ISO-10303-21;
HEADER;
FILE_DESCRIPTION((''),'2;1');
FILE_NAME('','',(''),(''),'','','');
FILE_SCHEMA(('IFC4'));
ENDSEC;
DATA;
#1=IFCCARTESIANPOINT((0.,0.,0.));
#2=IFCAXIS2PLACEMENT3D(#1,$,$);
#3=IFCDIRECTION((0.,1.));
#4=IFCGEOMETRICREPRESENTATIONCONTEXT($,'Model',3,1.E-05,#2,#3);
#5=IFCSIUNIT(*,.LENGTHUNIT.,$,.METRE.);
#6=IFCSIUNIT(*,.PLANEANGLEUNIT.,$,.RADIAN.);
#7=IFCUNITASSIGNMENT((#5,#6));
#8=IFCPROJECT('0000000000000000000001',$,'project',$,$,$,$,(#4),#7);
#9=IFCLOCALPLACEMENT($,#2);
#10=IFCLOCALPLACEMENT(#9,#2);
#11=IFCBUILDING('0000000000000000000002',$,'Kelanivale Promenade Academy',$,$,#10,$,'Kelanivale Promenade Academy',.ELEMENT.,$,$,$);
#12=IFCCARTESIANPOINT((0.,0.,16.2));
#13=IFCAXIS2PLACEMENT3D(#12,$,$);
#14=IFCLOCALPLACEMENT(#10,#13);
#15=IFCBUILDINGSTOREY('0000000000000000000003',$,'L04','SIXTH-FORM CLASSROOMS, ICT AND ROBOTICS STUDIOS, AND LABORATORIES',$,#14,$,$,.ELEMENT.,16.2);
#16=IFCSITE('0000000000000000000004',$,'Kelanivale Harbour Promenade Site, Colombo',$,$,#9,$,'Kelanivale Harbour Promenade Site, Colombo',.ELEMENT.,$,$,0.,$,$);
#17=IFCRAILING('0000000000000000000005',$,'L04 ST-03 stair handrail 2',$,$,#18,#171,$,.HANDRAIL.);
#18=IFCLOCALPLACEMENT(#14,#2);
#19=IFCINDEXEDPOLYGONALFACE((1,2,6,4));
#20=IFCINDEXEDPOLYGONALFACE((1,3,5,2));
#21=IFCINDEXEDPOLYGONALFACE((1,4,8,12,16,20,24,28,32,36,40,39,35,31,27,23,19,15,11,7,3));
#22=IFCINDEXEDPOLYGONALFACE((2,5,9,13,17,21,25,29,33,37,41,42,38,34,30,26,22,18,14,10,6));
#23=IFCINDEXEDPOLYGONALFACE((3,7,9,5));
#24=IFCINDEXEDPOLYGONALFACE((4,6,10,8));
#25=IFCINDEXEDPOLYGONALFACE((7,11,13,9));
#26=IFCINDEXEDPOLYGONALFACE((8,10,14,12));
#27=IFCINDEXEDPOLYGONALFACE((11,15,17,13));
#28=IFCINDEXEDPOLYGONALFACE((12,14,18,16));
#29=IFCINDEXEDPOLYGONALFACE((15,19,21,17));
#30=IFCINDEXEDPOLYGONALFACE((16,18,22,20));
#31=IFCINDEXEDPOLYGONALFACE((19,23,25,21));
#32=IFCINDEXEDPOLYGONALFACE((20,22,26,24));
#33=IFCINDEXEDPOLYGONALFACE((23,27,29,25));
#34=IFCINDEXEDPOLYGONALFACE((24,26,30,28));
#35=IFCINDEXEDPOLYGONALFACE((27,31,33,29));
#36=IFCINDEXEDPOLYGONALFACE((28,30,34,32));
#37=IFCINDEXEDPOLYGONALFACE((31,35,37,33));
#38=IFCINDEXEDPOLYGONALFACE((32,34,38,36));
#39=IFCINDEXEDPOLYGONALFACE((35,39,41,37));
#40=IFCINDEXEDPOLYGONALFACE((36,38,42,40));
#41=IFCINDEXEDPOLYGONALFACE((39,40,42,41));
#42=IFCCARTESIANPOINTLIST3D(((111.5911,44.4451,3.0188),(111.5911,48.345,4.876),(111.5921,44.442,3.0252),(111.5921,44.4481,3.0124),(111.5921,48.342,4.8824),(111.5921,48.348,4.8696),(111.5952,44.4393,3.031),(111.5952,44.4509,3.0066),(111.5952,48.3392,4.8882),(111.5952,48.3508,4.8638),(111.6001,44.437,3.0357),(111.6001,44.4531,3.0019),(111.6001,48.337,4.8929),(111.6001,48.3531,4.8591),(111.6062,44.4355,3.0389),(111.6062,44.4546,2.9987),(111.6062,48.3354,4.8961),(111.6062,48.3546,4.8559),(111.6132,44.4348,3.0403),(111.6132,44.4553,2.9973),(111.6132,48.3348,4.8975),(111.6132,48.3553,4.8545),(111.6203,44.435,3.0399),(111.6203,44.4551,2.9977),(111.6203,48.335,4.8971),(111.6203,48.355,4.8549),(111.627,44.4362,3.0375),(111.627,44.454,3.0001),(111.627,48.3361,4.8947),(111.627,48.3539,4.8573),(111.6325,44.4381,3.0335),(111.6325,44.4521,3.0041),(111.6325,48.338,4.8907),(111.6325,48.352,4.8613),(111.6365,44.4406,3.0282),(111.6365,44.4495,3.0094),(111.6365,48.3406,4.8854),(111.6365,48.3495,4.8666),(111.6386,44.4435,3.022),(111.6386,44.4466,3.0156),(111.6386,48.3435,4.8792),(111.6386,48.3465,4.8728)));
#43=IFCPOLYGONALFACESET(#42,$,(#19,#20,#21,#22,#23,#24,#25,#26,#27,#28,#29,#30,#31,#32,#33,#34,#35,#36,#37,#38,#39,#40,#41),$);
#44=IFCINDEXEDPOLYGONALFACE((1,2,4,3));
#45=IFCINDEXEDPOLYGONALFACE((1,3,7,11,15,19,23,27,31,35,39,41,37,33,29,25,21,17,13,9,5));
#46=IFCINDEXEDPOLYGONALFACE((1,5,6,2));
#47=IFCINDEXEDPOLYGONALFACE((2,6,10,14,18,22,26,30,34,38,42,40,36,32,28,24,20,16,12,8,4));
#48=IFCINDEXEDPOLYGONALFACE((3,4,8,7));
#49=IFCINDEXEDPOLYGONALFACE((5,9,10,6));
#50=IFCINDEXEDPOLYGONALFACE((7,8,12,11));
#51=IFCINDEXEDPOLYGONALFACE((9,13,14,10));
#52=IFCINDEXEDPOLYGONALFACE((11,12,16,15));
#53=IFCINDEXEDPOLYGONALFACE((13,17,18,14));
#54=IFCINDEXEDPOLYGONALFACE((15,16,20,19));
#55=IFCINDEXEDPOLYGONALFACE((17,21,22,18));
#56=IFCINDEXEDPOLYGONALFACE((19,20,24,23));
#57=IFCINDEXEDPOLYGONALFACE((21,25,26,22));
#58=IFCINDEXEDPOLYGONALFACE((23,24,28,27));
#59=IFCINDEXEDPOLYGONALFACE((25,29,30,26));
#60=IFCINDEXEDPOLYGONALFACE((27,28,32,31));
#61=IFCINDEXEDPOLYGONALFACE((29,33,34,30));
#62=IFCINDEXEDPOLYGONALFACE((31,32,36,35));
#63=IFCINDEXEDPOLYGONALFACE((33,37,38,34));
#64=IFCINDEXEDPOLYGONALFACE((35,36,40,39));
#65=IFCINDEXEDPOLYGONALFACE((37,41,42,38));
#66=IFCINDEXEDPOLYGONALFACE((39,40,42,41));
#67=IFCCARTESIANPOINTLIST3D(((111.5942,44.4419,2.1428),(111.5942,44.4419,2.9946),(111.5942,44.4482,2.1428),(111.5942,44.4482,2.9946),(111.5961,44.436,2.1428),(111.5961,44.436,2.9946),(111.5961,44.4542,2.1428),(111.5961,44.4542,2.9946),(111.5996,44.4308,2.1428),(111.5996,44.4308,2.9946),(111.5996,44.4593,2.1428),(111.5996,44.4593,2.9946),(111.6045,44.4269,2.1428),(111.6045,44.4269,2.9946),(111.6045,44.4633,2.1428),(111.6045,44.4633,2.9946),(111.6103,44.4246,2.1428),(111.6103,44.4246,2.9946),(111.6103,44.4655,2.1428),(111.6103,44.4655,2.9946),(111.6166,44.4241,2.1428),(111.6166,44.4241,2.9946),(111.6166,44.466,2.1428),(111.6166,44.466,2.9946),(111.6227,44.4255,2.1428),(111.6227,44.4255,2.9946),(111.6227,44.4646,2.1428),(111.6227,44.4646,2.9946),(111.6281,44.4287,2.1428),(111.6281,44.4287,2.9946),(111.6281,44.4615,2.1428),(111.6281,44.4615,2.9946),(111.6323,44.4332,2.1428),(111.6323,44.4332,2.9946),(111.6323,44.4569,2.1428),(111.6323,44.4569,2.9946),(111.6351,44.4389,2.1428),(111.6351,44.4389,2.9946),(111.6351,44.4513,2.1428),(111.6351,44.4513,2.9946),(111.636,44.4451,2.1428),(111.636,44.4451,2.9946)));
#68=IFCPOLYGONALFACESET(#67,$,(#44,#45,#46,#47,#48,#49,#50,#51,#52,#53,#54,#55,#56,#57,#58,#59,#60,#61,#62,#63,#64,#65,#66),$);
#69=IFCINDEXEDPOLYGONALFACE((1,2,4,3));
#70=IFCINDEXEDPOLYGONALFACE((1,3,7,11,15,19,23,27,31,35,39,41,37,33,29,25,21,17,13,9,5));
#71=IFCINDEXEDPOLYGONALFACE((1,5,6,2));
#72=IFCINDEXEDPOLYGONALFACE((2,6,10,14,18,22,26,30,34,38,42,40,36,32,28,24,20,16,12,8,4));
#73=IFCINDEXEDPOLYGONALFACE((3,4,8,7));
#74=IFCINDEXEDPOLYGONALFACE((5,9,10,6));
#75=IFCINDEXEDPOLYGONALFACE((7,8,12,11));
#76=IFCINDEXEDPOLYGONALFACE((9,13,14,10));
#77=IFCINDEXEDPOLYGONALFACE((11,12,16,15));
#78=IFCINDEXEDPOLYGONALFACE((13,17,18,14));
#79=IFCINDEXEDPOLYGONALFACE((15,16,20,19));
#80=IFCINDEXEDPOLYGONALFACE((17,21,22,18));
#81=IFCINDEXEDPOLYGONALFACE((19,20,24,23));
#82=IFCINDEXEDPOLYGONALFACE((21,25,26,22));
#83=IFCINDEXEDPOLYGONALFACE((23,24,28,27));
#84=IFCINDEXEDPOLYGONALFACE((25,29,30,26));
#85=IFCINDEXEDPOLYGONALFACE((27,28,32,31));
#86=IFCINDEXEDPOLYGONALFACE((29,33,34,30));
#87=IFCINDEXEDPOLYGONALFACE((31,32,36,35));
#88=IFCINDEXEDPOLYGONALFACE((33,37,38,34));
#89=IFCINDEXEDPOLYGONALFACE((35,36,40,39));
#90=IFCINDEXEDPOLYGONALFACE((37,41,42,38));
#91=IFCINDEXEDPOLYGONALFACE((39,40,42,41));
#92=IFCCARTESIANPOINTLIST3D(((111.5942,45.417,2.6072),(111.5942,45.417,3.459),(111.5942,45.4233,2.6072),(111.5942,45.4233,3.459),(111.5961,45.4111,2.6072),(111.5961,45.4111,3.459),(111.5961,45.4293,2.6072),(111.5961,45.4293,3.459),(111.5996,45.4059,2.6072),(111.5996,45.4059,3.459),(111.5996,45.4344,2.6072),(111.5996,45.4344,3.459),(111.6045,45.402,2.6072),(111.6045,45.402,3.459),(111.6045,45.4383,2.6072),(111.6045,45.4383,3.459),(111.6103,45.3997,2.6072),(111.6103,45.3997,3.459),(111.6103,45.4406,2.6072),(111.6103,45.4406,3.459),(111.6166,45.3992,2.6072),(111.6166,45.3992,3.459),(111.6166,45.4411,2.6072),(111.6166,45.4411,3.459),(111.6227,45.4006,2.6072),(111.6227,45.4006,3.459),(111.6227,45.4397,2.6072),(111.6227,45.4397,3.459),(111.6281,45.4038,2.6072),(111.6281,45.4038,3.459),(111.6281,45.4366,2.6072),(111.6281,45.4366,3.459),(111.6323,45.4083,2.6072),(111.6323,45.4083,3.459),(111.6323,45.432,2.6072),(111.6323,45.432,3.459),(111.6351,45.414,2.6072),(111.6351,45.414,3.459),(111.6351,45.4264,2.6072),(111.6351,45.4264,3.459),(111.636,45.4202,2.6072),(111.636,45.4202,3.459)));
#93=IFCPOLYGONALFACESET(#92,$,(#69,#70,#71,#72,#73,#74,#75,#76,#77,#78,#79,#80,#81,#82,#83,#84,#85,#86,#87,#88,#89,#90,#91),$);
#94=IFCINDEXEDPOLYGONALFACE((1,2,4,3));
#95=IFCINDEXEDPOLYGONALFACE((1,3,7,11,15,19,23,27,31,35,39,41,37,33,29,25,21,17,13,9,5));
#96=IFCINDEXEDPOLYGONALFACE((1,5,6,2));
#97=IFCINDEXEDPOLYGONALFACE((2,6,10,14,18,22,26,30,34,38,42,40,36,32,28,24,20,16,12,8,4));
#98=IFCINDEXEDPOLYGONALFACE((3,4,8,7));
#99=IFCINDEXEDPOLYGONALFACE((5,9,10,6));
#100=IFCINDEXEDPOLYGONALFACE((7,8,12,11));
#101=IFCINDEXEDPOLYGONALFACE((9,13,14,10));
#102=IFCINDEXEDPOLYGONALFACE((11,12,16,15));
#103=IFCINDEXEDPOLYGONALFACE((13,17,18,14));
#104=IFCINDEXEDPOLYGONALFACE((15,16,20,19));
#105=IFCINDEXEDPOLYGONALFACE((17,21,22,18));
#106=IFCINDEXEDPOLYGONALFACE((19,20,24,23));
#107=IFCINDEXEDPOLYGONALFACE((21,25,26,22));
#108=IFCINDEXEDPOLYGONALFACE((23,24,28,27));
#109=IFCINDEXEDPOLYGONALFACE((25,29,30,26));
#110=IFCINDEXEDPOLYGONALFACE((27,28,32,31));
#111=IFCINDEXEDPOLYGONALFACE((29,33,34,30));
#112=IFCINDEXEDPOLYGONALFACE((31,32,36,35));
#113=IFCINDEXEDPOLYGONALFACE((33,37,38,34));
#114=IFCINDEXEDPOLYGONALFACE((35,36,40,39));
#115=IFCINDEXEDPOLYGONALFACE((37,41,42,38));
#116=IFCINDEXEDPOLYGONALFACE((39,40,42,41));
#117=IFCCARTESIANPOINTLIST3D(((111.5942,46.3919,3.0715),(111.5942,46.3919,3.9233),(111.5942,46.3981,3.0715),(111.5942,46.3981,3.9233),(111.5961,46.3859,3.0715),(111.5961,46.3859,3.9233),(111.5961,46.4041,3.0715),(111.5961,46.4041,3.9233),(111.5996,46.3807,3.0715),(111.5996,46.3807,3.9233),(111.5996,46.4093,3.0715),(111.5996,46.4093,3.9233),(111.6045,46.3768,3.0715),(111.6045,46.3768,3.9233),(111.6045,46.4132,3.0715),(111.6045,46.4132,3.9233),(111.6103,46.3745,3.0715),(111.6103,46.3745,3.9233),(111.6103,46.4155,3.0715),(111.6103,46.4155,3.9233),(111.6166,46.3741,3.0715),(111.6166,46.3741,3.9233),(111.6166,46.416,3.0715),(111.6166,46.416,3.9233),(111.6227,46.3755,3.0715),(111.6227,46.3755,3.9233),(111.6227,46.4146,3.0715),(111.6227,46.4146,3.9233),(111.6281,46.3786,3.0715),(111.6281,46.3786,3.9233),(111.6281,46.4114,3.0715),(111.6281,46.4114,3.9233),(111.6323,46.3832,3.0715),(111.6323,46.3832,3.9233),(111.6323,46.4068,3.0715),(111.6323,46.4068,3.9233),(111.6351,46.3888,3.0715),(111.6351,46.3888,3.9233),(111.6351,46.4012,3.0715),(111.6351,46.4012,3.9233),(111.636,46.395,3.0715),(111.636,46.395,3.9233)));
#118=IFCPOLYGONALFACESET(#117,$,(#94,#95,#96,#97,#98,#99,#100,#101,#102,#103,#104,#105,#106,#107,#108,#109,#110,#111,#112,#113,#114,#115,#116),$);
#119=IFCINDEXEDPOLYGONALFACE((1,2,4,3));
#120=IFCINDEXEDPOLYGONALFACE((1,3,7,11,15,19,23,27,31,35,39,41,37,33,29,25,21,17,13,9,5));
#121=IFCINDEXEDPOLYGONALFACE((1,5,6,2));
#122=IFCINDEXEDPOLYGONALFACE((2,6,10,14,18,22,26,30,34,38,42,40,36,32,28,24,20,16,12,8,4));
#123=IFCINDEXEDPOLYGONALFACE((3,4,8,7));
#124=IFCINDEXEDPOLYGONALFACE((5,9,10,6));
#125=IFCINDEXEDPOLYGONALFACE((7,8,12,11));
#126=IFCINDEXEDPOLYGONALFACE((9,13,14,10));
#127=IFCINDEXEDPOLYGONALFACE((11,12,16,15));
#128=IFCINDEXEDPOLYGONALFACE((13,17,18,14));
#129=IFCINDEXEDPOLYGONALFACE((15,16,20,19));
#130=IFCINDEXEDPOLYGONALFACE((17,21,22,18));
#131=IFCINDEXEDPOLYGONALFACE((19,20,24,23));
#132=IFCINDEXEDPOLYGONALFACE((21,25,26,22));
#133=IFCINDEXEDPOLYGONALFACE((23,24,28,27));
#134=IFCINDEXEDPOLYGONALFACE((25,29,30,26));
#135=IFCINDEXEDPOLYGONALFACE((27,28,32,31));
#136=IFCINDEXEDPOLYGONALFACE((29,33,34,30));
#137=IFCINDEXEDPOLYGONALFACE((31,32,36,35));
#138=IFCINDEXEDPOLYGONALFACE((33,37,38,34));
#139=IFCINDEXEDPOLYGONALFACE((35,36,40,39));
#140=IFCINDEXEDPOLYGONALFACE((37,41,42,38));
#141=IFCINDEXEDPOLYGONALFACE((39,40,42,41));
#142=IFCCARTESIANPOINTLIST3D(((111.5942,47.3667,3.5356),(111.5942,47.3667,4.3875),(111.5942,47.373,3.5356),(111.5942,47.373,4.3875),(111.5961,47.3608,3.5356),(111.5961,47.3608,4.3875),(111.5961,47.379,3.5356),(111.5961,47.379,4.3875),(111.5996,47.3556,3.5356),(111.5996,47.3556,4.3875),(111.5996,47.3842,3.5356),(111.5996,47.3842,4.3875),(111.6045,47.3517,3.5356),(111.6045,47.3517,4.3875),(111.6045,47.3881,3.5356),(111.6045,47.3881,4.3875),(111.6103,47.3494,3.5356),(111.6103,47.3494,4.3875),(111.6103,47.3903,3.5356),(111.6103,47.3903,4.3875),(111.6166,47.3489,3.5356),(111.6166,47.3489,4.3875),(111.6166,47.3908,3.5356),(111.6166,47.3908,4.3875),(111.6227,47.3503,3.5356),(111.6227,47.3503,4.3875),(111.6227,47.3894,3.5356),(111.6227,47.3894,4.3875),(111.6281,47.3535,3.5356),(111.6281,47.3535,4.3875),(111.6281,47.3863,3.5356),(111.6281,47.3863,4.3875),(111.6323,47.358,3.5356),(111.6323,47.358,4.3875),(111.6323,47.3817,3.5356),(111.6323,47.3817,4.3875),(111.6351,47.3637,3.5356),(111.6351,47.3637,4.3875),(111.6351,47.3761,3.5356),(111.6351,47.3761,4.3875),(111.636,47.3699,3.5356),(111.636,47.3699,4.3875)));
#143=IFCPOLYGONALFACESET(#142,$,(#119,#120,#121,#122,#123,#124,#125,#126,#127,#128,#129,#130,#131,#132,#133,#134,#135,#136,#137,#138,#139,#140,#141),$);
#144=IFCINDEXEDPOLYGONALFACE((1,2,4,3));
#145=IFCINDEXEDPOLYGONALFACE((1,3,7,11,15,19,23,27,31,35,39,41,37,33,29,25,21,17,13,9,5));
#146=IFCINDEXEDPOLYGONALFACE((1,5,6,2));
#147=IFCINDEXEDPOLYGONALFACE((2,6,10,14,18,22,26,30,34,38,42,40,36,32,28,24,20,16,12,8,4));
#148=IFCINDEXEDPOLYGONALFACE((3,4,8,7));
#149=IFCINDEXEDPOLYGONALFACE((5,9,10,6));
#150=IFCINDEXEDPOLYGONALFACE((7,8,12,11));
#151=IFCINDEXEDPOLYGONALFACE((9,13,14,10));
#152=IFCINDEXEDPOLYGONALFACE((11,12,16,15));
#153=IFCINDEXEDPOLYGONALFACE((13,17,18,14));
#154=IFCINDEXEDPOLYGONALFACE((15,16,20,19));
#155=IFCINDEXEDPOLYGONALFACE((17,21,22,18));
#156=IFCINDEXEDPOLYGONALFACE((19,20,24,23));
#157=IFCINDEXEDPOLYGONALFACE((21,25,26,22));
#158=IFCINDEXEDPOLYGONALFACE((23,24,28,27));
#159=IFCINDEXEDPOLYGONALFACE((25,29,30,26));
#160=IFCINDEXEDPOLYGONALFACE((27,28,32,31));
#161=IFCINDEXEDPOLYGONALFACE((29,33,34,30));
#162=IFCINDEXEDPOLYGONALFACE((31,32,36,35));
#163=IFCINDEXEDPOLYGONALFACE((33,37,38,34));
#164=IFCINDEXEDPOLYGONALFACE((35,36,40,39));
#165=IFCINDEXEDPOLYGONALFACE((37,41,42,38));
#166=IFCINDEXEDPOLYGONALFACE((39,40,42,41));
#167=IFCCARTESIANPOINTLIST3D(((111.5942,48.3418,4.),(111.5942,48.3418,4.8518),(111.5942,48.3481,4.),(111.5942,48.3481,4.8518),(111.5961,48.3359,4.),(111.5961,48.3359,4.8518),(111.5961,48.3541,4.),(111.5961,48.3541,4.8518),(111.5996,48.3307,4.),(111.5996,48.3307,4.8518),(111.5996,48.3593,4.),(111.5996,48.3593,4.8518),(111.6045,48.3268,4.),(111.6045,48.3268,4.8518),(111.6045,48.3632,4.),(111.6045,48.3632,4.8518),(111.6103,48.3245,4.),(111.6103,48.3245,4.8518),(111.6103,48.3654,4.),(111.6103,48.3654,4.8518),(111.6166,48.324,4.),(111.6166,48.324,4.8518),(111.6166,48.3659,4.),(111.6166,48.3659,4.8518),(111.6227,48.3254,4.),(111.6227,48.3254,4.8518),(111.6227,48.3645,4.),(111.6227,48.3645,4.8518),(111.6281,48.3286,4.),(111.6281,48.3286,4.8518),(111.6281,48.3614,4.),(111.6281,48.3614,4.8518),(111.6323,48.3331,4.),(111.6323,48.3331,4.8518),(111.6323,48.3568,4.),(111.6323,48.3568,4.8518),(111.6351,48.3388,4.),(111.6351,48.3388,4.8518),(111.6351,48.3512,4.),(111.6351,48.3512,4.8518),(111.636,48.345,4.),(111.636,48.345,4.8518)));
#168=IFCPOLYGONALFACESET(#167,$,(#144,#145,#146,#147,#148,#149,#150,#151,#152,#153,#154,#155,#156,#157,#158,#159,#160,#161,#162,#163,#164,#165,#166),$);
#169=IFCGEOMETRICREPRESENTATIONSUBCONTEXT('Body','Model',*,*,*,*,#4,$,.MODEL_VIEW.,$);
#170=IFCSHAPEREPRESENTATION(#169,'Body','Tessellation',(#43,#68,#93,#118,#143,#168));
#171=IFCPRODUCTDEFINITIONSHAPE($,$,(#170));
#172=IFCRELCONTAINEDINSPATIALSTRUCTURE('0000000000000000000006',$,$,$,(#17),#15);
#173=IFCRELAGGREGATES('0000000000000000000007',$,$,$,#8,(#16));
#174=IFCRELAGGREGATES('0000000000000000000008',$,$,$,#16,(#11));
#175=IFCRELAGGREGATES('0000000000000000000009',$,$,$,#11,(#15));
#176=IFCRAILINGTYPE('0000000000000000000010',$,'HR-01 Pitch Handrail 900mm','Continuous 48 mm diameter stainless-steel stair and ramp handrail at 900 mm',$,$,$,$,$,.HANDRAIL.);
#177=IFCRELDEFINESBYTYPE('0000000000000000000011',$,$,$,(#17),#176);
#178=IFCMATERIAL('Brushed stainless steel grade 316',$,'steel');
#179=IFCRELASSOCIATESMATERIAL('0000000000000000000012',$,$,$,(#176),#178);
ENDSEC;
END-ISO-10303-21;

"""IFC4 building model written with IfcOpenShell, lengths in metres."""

from ifc_helpers import new_model, si_unit, direction, frame, origin, origin_2d, place, context, subcontext, project, spatial, circle, extrude, material, type_object, element, save


model = new_model("IFC4")

# Units and contexts
model_context = context("Model", 3, precision=1e-05, world=origin(), true_north=direction((0.0, 1.0)))
body_context = subcontext(model_context, "Body", "Model", "MODEL_VIEW")
ifc_project = project(units=[si_unit("LENGTHUNIT", "METRE"), si_unit("PLANEANGLEUNIT", "RADIAN")], contexts=[model_context])

# Site, building, storey
site_placement = place(None, origin())
site = spatial("IfcSite", under=ifc_project, at=site_placement, Name="Kelanivale Harbour Promenade Site, Colombo", LongName="Kelanivale Harbour Promenade Site, Colombo", CompositionType="ELEMENT", RefElevation=0.0)
building_placement = place(site_placement, origin())
building = spatial("IfcBuilding", under=site, at=building_placement, Name="Kelanivale Promenade Academy", LongName="Kelanivale Promenade Academy", CompositionType="ELEMENT")
storey_placement = place(building_placement, frame((0.0, 0.0, 16.2)))
storey = spatial("IfcBuildingStorey", under=building, at=storey_placement, Name="L04", Description="SIXTH-FORM CLASSROOMS, ICT AND ROBOTICS STUDIOS, AND LABORATORIES", CompositionType="ELEMENT", Elevation=16.2)

# Railing
ifc_material_1 = material(Name="Brushed stainless steel grade 316", Category="steel")
railing_type_1 = type_object("IfcRailingType", Name="HR-01 Pitch Handrail 900mm", Description="Continuous 48 mm diameter stainless-steel stair and ramp handrail at 900 mm", PredefinedType="HANDRAIL", material=ifc_material_1)
railing_1_placement = place(storey_placement, frame((111.615, 44.4451, 2.1428)))
element("IfcRailing", 1, at=railing_1_placement, inside=storey, type_object=railing_type_1, Name="L04 ST-03 stair handrail 2", PredefinedType="HANDRAIL", context=body_context, shape_type="SweptSolid", body=[
    extrude(circle(Radius=0.0239, at=origin_2d()), frame((0.0, 0.0, 0.876), z_axis=(0.0, 0.902853, 0.429949), x_axis=(-1.0, 0.0, 0.0)), (0.0, 0.0, 1.0), 4.3196),
    extrude(circle(Radius=0.021, at=origin_2d()), origin(), (0.0, 0.0, 1.0), 0.8518),
    extrude(circle(Radius=0.021, at=origin_2d()), frame((0.0, 0.9751, 0.4644)), (0.0, 0.0, 1.0), 0.8518),
    extrude(circle(Radius=0.021, at=origin_2d()), frame((0.0, 1.95, 0.9287)), (0.0, 0.0, 1.0), 0.8518),
    extrude(circle(Radius=0.021, at=origin_2d()), frame((0.0, 2.9248, 1.3928)), (0.0, 0.0, 1.0), 0.8518),
    extrude(circle(Radius=0.021, at=origin_2d()), frame((0.0, 3.8999, 1.8572)), (0.0, 0.0, 1.0), 0.8518),
])

save(model, "model.ifc")
